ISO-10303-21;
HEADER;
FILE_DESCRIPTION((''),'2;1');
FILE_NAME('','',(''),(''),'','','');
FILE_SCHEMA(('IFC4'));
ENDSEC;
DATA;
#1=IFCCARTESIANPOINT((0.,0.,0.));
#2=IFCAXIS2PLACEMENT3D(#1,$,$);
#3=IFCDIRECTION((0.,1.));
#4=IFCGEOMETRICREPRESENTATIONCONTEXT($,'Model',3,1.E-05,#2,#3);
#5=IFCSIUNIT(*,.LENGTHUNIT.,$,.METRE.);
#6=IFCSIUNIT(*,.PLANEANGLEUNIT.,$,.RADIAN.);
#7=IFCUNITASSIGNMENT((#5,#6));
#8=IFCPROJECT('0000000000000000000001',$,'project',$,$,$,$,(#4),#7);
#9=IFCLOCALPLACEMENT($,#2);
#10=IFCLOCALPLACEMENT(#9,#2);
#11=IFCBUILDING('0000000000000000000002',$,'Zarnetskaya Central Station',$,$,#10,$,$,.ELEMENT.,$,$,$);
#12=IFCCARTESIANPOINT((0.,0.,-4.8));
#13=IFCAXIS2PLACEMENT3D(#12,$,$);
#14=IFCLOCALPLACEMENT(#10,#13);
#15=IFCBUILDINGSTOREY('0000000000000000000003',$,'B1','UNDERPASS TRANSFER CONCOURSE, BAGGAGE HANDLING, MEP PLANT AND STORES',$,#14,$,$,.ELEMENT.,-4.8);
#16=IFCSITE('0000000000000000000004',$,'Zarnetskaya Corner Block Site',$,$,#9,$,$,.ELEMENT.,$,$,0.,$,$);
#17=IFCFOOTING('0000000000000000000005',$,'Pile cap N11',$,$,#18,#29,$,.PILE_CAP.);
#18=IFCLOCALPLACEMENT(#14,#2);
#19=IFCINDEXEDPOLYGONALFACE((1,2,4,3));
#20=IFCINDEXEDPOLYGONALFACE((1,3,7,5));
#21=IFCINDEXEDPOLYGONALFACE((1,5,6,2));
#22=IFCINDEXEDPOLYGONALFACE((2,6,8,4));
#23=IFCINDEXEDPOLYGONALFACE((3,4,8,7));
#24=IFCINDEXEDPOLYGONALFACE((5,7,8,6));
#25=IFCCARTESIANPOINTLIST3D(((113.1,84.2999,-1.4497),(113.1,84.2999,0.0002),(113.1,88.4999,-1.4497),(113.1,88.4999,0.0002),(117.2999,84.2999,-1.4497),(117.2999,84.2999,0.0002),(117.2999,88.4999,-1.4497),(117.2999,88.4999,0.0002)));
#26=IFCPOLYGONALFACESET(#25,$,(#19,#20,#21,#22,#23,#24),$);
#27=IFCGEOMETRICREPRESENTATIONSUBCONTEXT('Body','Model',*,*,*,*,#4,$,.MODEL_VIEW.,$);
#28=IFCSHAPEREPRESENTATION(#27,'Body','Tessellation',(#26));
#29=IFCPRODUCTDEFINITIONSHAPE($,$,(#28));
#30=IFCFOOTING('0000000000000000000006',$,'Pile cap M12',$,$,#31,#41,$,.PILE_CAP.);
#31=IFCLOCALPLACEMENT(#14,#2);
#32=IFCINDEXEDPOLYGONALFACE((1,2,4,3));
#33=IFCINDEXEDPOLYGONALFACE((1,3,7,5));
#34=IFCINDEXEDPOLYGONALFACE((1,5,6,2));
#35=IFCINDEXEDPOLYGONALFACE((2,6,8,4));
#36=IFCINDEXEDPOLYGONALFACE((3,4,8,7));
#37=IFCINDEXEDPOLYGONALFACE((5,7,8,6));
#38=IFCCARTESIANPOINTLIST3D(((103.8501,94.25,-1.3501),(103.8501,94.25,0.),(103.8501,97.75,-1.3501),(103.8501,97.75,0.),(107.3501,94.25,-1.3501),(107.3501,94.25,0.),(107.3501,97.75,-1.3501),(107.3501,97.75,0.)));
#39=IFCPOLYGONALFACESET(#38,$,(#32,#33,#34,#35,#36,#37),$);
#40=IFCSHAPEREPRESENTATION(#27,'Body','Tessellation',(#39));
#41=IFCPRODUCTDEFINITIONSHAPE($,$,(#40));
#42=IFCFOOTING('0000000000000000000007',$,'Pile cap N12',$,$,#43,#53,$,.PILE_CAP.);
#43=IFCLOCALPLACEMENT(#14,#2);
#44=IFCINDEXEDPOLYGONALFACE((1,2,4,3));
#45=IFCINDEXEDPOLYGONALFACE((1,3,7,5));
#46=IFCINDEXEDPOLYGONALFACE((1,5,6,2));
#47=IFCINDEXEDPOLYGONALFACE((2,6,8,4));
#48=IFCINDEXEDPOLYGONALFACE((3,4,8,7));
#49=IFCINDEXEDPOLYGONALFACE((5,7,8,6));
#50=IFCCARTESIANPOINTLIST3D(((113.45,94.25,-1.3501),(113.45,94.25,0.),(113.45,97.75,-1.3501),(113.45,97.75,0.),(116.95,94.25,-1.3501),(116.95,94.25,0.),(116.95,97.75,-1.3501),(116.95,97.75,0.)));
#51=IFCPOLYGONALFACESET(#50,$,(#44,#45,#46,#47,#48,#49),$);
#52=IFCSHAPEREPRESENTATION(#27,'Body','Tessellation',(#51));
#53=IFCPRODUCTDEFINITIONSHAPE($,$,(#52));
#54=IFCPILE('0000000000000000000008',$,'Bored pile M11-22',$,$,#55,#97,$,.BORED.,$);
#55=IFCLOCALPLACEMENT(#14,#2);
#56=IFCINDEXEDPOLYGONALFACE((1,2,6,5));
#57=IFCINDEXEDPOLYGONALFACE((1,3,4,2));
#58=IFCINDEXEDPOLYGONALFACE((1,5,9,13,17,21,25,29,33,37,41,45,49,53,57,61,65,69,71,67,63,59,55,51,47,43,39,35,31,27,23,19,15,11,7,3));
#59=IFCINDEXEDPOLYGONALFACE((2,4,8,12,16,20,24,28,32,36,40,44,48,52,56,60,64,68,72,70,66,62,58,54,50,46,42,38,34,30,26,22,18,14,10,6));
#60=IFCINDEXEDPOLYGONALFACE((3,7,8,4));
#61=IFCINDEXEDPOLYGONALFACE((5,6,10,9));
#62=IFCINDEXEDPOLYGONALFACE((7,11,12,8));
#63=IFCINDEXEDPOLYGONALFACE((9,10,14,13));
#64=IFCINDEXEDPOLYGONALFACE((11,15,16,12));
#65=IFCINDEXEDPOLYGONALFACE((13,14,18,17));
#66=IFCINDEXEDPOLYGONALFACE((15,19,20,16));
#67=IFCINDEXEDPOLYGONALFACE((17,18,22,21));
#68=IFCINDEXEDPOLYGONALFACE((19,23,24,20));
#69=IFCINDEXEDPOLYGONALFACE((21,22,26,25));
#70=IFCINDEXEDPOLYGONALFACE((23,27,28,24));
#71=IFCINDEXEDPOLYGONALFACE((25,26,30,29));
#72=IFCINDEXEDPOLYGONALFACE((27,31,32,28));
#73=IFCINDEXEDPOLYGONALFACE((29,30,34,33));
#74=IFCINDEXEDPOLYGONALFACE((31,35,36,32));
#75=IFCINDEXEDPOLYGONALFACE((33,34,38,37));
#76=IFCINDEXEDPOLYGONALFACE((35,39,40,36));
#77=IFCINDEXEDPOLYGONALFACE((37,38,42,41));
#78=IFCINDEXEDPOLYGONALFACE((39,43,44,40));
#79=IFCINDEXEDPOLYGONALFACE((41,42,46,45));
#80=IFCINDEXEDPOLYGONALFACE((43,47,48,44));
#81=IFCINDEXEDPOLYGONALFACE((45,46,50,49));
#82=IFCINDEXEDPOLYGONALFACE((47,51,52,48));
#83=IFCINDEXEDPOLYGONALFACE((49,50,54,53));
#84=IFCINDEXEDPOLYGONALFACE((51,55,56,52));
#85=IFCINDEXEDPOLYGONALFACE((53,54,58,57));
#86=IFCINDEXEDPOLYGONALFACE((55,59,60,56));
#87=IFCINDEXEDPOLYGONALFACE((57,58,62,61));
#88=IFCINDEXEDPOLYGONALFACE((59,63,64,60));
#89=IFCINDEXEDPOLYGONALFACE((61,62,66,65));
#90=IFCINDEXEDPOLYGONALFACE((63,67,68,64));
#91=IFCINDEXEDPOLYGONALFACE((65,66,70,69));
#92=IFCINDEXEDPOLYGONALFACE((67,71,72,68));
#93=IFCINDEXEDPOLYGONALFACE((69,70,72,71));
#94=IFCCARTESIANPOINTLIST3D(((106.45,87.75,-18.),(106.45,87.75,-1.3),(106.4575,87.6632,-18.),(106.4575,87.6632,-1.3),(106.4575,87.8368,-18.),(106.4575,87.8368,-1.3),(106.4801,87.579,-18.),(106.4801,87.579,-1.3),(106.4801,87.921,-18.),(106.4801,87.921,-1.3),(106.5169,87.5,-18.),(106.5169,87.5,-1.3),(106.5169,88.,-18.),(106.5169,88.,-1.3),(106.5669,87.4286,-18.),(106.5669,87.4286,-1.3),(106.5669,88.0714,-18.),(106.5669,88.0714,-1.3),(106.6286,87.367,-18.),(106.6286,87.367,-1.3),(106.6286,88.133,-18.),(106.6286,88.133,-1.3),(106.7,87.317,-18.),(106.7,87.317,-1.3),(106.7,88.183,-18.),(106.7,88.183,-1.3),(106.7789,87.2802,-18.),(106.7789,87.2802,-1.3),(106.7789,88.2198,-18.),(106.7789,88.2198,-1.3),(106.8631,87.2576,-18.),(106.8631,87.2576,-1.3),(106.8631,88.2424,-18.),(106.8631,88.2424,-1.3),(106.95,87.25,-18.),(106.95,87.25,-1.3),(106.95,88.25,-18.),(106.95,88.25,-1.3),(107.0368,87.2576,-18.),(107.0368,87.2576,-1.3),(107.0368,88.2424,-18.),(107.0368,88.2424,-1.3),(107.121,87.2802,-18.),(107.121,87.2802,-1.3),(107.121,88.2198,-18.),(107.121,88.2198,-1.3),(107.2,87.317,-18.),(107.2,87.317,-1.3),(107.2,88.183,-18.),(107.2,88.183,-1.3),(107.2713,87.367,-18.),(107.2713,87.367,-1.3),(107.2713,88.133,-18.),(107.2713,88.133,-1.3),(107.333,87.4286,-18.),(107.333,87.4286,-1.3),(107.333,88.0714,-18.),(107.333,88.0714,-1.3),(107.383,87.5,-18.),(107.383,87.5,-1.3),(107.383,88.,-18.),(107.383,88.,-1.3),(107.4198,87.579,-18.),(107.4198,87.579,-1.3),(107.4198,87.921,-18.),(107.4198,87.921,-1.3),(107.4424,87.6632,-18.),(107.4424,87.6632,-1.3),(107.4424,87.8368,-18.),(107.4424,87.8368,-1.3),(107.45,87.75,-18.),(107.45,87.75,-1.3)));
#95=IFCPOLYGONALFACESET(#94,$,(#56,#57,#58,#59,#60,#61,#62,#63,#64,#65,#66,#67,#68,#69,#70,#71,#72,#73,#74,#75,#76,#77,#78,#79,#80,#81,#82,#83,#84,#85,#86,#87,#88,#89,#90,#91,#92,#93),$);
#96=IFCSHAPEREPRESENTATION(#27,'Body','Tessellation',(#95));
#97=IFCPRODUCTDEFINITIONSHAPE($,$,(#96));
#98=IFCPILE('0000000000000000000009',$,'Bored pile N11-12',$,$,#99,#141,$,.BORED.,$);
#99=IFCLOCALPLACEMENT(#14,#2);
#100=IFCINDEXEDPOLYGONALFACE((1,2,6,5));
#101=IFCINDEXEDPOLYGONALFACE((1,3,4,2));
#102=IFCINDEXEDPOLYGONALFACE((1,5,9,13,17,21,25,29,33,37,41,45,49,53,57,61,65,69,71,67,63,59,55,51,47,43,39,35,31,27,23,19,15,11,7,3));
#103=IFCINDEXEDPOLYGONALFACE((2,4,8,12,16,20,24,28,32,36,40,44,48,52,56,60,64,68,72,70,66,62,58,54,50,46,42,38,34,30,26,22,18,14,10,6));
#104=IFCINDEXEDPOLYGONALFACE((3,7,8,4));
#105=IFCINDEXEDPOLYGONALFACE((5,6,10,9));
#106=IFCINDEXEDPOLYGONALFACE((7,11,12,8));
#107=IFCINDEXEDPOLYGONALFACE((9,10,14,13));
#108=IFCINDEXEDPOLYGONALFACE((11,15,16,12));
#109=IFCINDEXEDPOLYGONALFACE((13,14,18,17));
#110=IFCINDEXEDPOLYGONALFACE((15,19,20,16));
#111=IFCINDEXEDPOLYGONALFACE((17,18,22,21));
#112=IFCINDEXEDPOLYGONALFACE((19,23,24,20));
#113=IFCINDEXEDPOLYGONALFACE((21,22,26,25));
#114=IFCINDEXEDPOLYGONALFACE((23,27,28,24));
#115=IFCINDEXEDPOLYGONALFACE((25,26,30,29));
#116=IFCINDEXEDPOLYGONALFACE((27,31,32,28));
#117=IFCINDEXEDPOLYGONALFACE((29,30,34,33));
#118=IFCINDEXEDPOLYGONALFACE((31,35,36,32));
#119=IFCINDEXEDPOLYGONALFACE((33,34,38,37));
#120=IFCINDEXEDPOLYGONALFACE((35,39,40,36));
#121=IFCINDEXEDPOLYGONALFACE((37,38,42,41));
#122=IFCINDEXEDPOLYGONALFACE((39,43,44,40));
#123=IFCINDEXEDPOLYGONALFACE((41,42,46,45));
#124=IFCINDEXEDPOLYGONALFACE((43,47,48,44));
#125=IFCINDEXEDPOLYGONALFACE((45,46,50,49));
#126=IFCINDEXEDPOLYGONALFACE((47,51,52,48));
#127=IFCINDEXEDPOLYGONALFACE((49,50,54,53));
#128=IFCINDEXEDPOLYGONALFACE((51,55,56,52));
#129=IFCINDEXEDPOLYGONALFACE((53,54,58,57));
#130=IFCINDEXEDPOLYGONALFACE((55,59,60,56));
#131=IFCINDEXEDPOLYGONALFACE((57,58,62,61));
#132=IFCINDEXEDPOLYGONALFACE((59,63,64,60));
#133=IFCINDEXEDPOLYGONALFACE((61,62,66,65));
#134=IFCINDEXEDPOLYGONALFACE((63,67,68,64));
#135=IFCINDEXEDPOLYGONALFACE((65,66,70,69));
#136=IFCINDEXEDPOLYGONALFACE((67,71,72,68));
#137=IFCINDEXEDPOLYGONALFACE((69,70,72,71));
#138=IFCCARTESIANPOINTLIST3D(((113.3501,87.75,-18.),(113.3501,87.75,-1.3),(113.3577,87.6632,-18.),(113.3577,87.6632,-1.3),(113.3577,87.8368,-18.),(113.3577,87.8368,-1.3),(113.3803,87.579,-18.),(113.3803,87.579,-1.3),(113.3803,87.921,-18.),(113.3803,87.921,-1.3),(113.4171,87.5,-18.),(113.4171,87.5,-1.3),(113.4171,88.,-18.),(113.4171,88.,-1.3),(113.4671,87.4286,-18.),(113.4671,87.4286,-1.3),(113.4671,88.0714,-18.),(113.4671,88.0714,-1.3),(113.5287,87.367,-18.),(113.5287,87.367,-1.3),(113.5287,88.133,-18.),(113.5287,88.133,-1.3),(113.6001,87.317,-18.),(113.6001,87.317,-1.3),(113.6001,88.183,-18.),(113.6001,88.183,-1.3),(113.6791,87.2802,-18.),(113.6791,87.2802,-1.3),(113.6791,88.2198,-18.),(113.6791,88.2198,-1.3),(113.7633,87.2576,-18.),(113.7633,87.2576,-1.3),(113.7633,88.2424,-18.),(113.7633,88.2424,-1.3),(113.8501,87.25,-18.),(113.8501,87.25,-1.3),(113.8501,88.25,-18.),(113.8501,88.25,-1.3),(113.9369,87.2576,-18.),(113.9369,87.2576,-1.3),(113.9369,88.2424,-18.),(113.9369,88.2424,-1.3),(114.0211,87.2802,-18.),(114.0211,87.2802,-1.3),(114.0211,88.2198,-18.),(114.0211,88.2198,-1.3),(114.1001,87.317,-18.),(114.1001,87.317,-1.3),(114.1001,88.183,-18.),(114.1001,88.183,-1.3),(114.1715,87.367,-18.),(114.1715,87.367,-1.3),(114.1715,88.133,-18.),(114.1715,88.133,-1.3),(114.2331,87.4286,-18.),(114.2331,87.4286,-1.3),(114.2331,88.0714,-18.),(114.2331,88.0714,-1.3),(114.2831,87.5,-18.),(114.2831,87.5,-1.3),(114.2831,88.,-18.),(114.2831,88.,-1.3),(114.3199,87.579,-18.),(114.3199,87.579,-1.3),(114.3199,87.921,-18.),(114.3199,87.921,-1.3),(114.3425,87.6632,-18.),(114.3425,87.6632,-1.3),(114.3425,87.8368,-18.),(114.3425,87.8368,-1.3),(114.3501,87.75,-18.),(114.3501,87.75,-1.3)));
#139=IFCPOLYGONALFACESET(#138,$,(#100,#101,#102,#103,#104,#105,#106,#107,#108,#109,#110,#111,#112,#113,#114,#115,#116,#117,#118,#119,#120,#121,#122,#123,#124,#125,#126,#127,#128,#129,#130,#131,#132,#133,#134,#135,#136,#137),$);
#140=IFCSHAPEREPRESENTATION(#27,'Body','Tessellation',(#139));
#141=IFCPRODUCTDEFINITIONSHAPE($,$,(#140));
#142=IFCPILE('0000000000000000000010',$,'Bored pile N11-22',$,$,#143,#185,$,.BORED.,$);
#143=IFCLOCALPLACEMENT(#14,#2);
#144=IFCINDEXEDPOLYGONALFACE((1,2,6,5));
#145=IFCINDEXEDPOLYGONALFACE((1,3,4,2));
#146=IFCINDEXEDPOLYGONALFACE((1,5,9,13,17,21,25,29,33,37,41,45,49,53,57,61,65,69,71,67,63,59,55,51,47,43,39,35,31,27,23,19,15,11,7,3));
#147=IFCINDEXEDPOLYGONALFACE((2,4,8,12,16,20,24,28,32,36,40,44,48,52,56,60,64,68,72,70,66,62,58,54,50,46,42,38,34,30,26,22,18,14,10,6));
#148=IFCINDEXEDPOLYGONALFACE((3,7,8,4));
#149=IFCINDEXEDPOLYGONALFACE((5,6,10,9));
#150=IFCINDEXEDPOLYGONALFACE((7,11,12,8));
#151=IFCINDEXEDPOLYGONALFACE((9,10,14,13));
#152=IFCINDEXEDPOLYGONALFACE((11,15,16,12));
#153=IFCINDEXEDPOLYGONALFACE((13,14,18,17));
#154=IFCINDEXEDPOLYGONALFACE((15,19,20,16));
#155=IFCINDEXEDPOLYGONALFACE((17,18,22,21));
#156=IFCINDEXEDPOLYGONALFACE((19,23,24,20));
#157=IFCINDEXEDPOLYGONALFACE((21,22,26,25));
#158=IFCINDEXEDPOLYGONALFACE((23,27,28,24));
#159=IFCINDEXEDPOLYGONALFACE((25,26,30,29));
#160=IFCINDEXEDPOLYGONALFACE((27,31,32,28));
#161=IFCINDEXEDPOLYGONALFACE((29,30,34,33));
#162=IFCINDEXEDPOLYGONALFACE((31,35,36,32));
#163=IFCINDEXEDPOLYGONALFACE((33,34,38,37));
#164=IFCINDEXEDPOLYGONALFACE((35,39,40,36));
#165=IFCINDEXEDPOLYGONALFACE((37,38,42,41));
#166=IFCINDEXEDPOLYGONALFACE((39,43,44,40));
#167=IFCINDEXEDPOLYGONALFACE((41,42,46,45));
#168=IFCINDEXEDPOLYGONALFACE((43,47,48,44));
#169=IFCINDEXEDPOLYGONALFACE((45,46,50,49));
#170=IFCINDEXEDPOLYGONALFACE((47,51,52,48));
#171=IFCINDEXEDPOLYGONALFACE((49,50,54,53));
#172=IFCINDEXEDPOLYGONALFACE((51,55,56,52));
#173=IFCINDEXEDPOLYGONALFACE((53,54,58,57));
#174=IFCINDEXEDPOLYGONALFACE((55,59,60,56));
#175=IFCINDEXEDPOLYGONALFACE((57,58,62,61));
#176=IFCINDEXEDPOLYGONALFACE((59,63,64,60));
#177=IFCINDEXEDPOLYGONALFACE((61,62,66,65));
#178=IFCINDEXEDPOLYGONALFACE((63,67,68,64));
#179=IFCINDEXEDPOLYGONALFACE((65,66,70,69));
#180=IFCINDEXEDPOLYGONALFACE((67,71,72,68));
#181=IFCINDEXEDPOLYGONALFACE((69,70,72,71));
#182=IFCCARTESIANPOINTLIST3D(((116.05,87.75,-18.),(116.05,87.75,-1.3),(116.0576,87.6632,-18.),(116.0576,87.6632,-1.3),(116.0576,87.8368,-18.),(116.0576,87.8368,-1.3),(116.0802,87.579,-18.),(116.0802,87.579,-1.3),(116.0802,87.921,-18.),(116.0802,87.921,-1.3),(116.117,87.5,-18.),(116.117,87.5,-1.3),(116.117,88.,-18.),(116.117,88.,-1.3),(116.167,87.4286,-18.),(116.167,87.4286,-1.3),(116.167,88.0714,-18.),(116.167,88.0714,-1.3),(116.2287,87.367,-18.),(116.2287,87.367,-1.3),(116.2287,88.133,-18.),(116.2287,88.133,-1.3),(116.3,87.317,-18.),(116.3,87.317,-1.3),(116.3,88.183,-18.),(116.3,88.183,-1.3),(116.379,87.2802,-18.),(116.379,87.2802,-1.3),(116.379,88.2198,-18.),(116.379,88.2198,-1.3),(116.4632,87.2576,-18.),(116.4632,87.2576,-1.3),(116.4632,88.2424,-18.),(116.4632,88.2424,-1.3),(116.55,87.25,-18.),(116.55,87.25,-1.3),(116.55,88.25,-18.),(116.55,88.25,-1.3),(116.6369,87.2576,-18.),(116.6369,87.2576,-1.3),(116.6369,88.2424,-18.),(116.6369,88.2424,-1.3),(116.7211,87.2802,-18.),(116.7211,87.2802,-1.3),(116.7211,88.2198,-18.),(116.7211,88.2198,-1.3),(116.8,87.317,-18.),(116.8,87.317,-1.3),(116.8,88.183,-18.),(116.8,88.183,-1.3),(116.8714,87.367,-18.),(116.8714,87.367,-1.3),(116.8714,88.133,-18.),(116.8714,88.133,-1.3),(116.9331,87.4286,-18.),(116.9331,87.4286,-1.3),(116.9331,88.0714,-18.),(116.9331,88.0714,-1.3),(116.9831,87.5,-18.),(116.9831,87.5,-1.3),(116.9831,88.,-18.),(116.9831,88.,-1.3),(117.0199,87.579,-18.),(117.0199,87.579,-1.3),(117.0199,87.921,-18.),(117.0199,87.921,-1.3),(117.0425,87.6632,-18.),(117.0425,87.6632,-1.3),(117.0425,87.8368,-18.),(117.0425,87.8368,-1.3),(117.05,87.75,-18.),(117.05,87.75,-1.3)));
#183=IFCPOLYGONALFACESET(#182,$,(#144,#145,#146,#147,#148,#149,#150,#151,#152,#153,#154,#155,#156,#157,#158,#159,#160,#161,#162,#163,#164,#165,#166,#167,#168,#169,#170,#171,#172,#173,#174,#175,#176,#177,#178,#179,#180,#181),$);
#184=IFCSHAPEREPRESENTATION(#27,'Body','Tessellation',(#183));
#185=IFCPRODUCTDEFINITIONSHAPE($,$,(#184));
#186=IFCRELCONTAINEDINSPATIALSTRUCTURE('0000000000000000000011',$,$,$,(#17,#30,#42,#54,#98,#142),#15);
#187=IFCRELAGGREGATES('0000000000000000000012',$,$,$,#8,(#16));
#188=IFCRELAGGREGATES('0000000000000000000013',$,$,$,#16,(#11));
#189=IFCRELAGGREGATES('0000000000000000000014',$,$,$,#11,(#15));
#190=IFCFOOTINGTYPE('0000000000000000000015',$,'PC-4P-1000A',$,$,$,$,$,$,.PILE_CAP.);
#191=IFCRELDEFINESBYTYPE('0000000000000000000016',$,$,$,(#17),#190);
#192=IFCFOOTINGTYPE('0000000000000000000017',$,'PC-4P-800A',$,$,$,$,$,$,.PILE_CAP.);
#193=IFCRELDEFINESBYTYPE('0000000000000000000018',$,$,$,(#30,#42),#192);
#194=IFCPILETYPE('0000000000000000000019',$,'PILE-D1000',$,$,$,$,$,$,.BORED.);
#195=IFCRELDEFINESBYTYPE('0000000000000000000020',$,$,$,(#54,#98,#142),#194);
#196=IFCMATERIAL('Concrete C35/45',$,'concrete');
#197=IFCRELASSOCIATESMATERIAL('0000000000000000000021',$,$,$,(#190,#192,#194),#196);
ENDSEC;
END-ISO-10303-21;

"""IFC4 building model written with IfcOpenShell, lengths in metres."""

from ifc_helpers import new_model, si_unit, direction, frame, origin, origin_2d, place, context, subcontext, project, spatial, rectangle, circle, extrude, material, material_profile, profile_set, type_object, element, save


model = new_model("IFC4")

# Units and contexts
model_context = context("Model", 3, precision=1e-05, world=origin(), true_north=direction((0.0, 1.0)))
body_context = subcontext(model_context, "Body", "Model", "MODEL_VIEW")
ifc_project = project(units=[si_unit("LENGTHUNIT", "METRE"), si_unit("PLANEANGLEUNIT", "RADIAN")], contexts=[model_context])

# Site, building, storey
site_placement = place(None, origin())
site = spatial("IfcSite", under=ifc_project, at=site_placement, Name="Zarnetskaya Corner Block Site", CompositionType="ELEMENT", RefElevation=0.0)
building_placement = place(site_placement, origin())
building = spatial("IfcBuilding", under=site, at=building_placement, Name="Zarnetskaya Central Station", CompositionType="ELEMENT")
storey_placement = place(building_placement, frame((0.0, 0.0, -4.8)))
storey = spatial("IfcBuildingStorey", under=building, at=storey_placement, Name="B1", Description="UNDERPASS TRANSFER CONCOURSE, BAGGAGE HANDLING, MEP PLANT AND STORES", CompositionType="ELEMENT", Elevation=-4.8)

# Footings
ifc_material = material(Name="Concrete C35/45", Category="concrete")
footing_type_1 = type_object("IfcFootingType", Name="PC-4P-1000A", PredefinedType="PILE_CAP", material=ifc_material)
footing_placement = place(storey_placement, frame((115.2, 86.3999, -1.4497), z_axis=(0.0, 0.0, 1.0), x_axis=(1.0, 0.0, 0.0)))
element("IfcFooting", 1, at=footing_placement, inside=storey, type_object=footing_type_1, Name="Pile cap N11", PredefinedType="PILE_CAP", context=body_context, shape_type="SweptSolid", body=[
    extrude(rectangle(XDim=4.2, YDim=4.2, at=origin_2d()), origin(), (0.0, 0.0, 1.0), 1.45),
])
footing_type_2 = type_object("IfcFootingType", Name="PC-4P-800A", PredefinedType="PILE_CAP", material=ifc_material)
for number, where, z_axis, x_axis, name in (
    (2, (105.6001, 96.0, -1.3501), (0.0, 0.0, 1.0), (1.0, 0.0, 0.0), "Pile cap M12"),
    (3, (115.2, 96.0, -1.3501), (0.0, 0.0, 1.0), (1.0, 0.0, 0.0), "Pile cap N12"),
):
    element("IfcFooting", number, at=place(storey_placement, frame(where, z_axis=z_axis, x_axis=x_axis)), inside=storey, type_object=footing_type_2, Name=name, PredefinedType="PILE_CAP", context=body_context, shape_type="SweptSolid", body=[
        extrude(rectangle(XDim=3.5, YDim=3.5, at=origin_2d()), origin(), (0.0, 0.0, 1.0), 1.3501),
    ])

# Piles
ifc_material_profile_1 = material_profile(ifc_material, circle(Radius=0.5, at=origin_2d()), Name="BORED PILE D1000")
ifc_profile_set_1 = profile_set([ifc_material_profile_1], Name="Concrete C35/45")
pile_type_1 = type_object("IfcPileType", Name="PILE-D1000", PredefinedType="BORED", material=ifc_profile_set_1)
for number, where, z_axis, x_axis, name in (
    (4, (106.95, 87.75, -1.3), (0.0, 0.0, -1.0), (1.0, 0.0, 0.0), "Bored pile M11-22"),
    (5, (113.8501, 87.75, -1.3), (0.0, 0.0, -1.0), (1.0, 0.0, 0.0), "Bored pile N11-12"),
    (6, (116.55, 87.75, -1.3), (0.0, 0.0, -1.0), (1.0, 0.0, 0.0), "Bored pile N11-22"),
):
    element("IfcPile", number, at=place(storey_placement, frame(where, z_axis=z_axis, x_axis=x_axis)), inside=storey, type_object=pile_type_1, Name=name, PredefinedType="BORED", context=body_context, shape_type="SweptSolid", body=[
        extrude(circle(Radius=0.5, at=origin_2d()), origin(), (0.0, 0.0, 1.0), 16.7),
    ])

save(model, "model.ifc")
